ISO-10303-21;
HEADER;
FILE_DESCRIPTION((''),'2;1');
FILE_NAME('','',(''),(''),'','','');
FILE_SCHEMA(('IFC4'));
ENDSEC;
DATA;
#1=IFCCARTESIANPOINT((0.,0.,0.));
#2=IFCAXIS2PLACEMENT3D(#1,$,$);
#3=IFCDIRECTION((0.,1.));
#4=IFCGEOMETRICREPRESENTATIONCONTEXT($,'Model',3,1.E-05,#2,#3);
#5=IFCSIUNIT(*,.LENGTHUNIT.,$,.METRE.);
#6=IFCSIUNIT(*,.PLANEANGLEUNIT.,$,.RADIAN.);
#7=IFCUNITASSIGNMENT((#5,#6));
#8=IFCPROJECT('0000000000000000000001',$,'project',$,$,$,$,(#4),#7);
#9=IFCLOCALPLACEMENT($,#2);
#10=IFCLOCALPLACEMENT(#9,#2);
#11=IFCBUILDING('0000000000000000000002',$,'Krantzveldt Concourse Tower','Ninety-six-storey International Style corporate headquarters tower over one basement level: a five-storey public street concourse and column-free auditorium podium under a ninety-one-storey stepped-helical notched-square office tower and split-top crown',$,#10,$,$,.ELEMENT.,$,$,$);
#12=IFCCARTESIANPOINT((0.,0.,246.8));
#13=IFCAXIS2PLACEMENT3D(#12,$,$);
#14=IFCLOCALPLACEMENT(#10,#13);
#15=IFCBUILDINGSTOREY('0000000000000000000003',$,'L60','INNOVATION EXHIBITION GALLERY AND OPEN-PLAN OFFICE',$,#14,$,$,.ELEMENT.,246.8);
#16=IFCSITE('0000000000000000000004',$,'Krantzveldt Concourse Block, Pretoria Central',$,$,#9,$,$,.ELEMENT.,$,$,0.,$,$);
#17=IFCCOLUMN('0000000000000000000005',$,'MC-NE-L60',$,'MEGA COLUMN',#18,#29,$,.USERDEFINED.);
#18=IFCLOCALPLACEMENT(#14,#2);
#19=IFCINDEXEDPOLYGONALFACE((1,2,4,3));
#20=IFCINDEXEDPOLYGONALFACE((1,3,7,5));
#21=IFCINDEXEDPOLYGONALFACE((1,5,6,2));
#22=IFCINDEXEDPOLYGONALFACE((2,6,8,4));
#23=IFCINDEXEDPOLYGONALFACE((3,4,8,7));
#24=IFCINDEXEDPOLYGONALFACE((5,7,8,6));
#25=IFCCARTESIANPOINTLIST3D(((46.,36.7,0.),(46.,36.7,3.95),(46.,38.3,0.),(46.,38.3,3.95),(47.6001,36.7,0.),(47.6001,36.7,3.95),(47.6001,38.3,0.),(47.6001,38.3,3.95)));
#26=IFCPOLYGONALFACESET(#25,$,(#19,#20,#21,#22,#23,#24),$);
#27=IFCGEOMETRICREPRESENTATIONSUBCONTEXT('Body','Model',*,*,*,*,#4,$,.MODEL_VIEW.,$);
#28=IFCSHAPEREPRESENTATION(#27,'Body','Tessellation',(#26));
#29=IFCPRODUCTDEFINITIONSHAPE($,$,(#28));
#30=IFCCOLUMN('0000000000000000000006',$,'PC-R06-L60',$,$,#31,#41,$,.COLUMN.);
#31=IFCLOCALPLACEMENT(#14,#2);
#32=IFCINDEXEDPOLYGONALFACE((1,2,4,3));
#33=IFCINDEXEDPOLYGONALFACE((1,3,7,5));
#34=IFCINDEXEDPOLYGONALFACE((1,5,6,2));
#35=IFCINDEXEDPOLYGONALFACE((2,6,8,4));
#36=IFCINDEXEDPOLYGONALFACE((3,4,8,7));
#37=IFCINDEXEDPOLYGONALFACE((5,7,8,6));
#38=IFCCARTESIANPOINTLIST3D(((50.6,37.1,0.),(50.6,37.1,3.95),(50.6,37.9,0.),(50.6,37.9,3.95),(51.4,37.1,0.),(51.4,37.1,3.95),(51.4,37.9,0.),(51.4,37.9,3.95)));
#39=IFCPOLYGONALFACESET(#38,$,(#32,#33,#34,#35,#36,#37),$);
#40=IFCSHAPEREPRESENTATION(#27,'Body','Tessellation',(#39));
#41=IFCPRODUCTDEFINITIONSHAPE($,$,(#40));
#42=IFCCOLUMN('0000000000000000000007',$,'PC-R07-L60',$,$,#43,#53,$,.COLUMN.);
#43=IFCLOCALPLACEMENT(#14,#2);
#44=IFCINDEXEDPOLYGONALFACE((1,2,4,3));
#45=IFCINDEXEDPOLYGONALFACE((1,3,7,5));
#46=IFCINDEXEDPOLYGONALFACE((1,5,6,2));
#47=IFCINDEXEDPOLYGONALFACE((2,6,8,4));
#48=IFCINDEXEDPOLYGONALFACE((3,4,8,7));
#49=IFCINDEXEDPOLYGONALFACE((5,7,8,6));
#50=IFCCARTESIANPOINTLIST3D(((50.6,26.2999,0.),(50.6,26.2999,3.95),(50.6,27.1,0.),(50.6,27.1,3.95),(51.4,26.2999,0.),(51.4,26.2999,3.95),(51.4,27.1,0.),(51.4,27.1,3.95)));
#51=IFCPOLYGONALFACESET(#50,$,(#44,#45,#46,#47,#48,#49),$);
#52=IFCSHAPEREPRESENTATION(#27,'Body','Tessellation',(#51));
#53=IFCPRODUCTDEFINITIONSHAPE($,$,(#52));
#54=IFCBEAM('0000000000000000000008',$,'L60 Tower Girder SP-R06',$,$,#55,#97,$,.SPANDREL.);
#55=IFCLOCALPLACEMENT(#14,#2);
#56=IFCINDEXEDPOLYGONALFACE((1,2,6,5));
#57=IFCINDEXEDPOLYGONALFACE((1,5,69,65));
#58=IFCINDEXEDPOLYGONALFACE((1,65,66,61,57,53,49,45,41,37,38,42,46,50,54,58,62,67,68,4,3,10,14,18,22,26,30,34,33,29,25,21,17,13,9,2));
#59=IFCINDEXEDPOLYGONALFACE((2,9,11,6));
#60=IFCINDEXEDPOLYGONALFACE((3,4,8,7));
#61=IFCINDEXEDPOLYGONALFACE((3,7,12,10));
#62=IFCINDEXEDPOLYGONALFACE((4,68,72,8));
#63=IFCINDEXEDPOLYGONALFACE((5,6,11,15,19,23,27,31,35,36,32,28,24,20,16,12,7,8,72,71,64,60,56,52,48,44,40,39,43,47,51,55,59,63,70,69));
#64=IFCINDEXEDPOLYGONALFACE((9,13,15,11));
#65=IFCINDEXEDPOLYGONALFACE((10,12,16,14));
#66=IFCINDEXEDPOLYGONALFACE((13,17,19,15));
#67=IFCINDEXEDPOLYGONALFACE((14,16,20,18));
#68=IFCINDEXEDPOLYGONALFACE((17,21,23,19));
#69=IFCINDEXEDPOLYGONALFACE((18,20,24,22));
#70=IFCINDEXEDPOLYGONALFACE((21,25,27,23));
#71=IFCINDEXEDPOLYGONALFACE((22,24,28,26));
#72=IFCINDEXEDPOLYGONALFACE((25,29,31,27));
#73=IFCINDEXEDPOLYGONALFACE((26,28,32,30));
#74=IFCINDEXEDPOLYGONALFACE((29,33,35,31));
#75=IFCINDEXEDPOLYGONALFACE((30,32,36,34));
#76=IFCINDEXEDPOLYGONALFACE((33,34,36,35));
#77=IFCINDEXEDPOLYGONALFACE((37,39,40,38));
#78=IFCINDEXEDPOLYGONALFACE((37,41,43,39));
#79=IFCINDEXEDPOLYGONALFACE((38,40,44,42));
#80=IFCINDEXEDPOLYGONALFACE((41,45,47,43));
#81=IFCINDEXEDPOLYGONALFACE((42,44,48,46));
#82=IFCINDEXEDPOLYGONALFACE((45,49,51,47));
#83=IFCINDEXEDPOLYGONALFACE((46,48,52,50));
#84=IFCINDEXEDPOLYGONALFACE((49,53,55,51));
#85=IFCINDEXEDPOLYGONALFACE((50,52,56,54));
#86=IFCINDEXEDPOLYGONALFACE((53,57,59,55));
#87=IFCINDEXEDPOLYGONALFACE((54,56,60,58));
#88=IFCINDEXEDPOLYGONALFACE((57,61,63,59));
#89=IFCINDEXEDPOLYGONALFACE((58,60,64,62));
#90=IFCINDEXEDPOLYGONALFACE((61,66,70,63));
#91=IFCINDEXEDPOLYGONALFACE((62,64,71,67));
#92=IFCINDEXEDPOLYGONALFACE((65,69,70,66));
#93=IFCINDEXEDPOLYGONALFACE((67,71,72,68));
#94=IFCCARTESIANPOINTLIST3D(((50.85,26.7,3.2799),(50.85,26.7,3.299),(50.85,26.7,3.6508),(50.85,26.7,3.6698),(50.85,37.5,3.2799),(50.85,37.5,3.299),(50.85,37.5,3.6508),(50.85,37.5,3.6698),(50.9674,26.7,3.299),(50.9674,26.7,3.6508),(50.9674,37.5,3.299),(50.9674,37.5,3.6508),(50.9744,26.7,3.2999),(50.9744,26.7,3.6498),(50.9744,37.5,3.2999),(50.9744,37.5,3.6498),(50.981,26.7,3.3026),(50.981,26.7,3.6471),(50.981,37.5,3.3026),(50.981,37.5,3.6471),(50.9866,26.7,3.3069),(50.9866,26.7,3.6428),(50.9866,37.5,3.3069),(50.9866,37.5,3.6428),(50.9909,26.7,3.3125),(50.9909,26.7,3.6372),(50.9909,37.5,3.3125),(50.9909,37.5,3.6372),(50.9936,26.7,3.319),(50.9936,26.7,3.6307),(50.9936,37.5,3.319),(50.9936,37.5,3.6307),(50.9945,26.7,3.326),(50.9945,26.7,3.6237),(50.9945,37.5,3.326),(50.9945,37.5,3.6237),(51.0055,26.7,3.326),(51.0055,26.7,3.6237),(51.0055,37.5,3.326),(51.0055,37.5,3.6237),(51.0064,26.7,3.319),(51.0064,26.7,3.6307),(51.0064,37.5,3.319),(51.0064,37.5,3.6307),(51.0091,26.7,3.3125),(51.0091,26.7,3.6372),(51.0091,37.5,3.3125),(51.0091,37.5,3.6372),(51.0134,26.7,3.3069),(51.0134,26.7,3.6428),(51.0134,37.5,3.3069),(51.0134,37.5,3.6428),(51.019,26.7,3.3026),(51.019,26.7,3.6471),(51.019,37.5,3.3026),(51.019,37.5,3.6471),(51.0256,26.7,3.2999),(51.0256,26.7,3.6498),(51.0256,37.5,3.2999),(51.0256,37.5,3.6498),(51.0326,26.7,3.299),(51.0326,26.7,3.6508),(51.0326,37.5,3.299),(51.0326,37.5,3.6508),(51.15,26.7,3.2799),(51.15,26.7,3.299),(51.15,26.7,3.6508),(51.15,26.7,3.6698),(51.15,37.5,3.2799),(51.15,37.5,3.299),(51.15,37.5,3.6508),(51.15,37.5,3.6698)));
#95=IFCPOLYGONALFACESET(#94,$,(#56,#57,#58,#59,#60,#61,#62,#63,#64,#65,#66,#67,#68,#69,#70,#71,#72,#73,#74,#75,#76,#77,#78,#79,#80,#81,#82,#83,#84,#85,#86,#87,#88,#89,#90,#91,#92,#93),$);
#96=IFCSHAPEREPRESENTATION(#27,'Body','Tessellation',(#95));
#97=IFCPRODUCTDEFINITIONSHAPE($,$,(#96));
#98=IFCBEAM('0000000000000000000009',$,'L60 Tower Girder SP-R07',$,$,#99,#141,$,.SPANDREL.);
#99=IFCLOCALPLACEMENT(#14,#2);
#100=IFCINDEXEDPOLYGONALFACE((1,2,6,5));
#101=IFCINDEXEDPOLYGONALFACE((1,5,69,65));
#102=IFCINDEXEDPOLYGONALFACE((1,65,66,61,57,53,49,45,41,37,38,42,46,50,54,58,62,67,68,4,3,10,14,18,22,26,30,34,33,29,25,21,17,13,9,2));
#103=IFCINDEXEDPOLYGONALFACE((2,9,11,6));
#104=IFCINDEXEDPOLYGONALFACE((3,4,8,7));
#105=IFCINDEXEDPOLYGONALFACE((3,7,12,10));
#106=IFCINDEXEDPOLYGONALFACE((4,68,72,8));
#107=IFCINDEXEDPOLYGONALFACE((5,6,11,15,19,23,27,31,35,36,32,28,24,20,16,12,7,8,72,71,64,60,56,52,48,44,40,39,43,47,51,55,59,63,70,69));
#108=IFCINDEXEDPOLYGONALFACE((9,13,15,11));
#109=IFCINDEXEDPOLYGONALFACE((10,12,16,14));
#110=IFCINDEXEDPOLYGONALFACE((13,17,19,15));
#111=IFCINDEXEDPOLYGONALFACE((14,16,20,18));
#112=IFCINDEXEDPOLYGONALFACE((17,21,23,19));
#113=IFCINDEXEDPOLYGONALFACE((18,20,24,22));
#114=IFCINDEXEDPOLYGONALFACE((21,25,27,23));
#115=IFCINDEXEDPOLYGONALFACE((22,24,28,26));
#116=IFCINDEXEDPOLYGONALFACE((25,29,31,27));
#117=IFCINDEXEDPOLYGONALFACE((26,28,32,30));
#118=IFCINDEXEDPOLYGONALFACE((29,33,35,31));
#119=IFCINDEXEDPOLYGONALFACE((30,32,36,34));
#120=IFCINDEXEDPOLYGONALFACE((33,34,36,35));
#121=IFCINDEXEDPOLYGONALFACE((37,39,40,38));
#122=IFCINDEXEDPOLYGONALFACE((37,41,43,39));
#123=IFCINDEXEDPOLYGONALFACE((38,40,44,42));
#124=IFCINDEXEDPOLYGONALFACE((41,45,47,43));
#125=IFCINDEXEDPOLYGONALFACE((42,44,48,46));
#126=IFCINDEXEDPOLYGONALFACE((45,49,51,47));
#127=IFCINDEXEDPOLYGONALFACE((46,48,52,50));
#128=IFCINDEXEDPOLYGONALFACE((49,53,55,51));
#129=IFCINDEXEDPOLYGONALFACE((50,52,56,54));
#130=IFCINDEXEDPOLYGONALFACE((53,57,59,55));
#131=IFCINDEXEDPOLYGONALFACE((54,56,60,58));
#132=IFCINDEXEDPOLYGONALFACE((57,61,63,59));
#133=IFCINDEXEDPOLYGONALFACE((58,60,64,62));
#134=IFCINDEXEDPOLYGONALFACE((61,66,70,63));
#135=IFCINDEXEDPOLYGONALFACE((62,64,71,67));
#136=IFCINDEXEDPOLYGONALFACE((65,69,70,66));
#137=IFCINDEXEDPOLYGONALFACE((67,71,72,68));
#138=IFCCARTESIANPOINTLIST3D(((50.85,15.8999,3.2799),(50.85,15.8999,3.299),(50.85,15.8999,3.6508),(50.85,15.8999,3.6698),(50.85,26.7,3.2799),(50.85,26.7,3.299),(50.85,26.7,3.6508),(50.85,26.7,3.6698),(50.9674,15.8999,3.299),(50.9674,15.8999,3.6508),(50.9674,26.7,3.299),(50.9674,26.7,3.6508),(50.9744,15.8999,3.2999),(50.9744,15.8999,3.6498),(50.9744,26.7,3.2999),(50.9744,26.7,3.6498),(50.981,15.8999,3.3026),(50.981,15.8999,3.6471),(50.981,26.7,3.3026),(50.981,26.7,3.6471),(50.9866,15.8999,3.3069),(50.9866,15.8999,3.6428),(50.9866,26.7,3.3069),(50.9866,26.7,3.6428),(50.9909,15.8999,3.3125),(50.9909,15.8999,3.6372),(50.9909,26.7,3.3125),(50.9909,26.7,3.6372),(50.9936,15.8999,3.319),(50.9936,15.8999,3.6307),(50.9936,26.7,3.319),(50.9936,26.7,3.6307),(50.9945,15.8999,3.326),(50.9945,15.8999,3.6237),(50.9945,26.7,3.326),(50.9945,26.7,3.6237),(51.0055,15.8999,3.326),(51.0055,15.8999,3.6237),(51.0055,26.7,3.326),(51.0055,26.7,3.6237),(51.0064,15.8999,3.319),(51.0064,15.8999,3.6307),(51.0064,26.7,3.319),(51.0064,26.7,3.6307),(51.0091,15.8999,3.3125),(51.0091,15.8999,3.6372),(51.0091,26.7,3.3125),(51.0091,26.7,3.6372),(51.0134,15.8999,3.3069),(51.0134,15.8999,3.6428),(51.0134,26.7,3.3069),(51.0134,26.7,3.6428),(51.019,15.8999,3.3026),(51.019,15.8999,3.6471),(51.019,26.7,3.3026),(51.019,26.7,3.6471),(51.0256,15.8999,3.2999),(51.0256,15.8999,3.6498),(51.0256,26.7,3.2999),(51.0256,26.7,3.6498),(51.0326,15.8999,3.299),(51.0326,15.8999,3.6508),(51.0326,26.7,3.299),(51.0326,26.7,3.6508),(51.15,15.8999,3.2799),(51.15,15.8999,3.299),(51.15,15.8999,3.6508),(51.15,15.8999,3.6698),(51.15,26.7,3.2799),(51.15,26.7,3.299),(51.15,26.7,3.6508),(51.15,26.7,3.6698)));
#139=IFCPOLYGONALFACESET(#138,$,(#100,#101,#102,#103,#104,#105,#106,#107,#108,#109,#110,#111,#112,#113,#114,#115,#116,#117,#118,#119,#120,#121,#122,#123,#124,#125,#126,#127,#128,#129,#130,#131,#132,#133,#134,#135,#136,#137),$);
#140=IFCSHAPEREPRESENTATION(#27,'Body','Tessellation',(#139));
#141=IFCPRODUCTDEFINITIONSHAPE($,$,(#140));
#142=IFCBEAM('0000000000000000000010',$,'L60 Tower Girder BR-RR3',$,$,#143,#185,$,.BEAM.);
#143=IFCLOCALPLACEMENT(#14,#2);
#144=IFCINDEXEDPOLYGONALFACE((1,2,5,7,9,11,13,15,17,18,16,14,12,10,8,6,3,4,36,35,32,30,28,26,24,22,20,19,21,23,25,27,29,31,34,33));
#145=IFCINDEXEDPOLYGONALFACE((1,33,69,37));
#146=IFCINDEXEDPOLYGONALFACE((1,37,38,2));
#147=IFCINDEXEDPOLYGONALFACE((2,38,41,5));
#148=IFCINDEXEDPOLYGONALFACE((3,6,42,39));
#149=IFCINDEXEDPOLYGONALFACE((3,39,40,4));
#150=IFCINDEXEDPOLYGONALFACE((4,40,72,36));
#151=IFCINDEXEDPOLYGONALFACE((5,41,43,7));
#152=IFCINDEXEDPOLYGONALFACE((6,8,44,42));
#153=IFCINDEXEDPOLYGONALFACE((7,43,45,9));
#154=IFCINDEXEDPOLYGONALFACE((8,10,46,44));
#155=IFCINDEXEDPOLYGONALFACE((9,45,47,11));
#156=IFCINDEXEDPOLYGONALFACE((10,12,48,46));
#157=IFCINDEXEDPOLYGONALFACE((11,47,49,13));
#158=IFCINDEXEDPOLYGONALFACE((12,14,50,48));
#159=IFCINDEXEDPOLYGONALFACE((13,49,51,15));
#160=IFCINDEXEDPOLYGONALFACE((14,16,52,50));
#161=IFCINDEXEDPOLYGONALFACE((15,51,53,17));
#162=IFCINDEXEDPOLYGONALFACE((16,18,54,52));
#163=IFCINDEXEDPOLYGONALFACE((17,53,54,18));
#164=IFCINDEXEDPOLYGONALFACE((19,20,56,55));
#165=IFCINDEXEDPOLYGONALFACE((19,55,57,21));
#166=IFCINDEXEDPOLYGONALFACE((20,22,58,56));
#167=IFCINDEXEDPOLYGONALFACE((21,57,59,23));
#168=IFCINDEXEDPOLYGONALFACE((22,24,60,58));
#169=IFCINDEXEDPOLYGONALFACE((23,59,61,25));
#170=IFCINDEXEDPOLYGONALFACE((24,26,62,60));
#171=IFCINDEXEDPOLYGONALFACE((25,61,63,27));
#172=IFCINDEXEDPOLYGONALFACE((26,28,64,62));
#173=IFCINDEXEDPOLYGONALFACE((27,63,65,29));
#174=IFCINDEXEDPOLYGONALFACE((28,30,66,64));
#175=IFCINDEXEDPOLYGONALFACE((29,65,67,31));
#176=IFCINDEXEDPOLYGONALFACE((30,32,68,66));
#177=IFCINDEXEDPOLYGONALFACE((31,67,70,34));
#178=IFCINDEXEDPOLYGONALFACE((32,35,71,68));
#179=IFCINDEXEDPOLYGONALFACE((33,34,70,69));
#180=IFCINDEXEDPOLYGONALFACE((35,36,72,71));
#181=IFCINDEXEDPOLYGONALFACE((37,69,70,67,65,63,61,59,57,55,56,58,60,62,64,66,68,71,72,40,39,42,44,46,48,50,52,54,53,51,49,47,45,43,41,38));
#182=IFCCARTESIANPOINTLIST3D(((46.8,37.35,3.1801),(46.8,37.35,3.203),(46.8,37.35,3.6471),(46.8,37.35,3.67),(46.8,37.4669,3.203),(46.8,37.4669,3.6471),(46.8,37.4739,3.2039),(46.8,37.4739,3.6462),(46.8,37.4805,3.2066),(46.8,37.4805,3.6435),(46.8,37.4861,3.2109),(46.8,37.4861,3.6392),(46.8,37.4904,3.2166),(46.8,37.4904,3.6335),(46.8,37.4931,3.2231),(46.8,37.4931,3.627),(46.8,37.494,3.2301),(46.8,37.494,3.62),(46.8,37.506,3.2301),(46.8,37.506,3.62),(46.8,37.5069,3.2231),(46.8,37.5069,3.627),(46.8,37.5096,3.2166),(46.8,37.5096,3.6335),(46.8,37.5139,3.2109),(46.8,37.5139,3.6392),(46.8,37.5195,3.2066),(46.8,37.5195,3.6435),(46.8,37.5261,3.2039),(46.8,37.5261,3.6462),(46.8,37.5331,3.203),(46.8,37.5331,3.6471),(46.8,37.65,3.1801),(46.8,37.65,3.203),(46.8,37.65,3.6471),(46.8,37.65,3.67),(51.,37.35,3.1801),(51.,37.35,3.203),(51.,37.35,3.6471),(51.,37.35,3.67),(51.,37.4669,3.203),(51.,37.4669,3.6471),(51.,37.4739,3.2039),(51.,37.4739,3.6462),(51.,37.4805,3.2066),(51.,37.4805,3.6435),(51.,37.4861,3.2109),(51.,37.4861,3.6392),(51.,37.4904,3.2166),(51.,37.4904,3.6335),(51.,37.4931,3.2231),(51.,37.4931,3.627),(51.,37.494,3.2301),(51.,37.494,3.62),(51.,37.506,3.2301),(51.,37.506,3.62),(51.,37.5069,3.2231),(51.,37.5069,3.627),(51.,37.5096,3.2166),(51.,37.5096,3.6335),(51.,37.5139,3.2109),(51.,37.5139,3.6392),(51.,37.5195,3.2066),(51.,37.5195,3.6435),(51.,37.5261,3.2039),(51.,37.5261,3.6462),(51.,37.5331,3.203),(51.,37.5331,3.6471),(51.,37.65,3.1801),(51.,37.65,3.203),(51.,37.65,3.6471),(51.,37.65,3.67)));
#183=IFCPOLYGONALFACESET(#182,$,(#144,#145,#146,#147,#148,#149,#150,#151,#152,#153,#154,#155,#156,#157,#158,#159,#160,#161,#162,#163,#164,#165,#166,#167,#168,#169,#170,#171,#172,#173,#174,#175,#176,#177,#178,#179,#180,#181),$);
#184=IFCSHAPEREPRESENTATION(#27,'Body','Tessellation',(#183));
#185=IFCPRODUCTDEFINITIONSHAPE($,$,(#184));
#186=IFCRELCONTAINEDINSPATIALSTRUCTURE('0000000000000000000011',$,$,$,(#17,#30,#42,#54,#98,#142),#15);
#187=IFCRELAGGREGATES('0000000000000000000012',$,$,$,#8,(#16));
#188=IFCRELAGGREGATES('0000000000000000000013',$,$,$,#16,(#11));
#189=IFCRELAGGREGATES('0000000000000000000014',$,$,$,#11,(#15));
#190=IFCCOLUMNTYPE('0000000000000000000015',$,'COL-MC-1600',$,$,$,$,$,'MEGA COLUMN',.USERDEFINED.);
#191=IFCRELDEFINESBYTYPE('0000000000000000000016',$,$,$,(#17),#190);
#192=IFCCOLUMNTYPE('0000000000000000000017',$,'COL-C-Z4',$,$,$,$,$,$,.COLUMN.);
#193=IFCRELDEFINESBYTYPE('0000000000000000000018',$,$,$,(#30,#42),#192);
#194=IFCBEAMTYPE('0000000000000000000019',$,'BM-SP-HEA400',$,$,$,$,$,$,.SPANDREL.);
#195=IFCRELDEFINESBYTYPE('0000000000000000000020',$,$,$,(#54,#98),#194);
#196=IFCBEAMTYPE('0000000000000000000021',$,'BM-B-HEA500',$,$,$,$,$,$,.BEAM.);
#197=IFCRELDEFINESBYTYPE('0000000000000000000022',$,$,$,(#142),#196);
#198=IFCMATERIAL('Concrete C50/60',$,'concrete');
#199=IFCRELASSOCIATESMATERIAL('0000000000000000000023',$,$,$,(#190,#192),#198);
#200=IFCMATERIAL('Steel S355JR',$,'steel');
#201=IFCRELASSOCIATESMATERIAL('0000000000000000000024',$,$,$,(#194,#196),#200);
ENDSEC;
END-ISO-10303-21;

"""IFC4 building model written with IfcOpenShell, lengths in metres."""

from ifc_helpers import new_model, si_unit, direction, frame, origin, origin_2d, place, context, subcontext, project, spatial, rectangle, i_section, extrude, source, transform, mapped, material, material_profile, profile_set, type_object, type_shapes, element, save


model = new_model("IFC4")

# Units and contexts
model_context = context("Model", 3, precision=1e-05, world=origin(), true_north=direction((0.0, 1.0)))
body_context = subcontext(model_context, "Body", "Model", "MODEL_VIEW")
ifc_project = project(units=[si_unit("LENGTHUNIT", "METRE"), si_unit("PLANEANGLEUNIT", "RADIAN")], contexts=[model_context])

# Site, building, storey
site_placement = place(None, origin())
site = spatial("IfcSite", under=ifc_project, at=site_placement, Name="Krantzveldt Concourse Block, Pretoria Central", CompositionType="ELEMENT", RefElevation=0.0)
building_placement = place(site_placement, origin())
building = spatial("IfcBuilding", under=site, at=building_placement, Name="Krantzveldt Concourse Tower", Description="Ninety-six-storey International Style corporate headquarters tower over one basement level: a five-storey public street concourse and column-free auditorium podium under a ninety-one-storey stepped-helical notched-square office tower and split-top crown", CompositionType="ELEMENT")
storey_placement = place(building_placement, frame((0.0, 0.0, 246.8)))
storey = spatial("IfcBuildingStorey", under=building, at=storey_placement, Name="L60", Description="INNOVATION EXHIBITION GALLERY AND OPEN-PLAN OFFICE", CompositionType="ELEMENT", Elevation=246.8)

# Columns
ifc_material_1 = material(Name="Concrete C50/60", Category="concrete")
ifc_material_profile_1 = material_profile(ifc_material_1, rectangle(XDim=1.6001, YDim=1.6001, at=origin_2d()), Name="Concrete C50/60", Category="concrete")
ifc_profile_set_1 = profile_set([ifc_material_profile_1], Name="Concrete C50/60 - RC 1600x1600")
column_type_1 = type_object("IfcColumnType", Name="COL-MC-1600", ElementType="MEGA COLUMN", PredefinedType="USERDEFINED", material=ifc_profile_set_1)
shared_shape_1 = source(origin(), body_context, "Body", "SweptSolid", [
    extrude(rectangle(XDim=1.6001, YDim=1.6001, at=origin_2d()), origin(), (0.0, 0.0, 1.0), 3.95),
])
type_shapes(column_type_1, [shared_shape_1])
column_placement = place(storey_placement, frame((46.8, 37.5, 0.0), z_axis=(0.0, 0.0, 1.0), x_axis=(1.0, 0.0, 0.0)))
element("IfcColumn", 1, at=column_placement, inside=storey, type_object=column_type_1, Name="MC-NE-L60", ObjectType="MEGA COLUMN", PredefinedType="USERDEFINED", context=body_context, shape_type="MappedRepresentation", body=[
    mapped(shared_shape_1, transform((0.0, 0.0, 0.0), x_axis=(1.0, 0.0, 0.0), y_axis=(0.0, 1.0, 0.0), z_axis=(0.0, 0.0, 1.0), scale=1.0)),
])
ifc_material_profile_2 = material_profile(ifc_material_1, rectangle(XDim=0.8, YDim=0.8, at=origin_2d()), Name="Concrete C50/60", Category="concrete")
ifc_profile_set_2 = profile_set([ifc_material_profile_2], Name="Concrete C50/60 - RC 800x800")
column_type_2 = type_object("IfcColumnType", Name="COL-C-Z4", PredefinedType="COLUMN", material=ifc_profile_set_2)
shared_shape_2 = source(origin(), body_context, "Body", "SweptSolid", [
    extrude(rectangle(XDim=0.8, YDim=0.8, at=origin_2d()), origin(), (0.0, 0.0, 1.0), 3.95),
])
type_shapes(column_type_2, [shared_shape_2])
for number, where, z_axis, x_axis, name in (
    (2, (51.0, 37.5, 0.0), (0.0, 0.0, 1.0), (1.0, 0.0, 0.0), "PC-R06-L60"),
    (3, (51.0, 26.7, 0.0), (0.0, 0.0, 1.0), (1.0, 0.0, 0.0), "PC-R07-L60"),
):
    element("IfcColumn", number, at=place(storey_placement, frame(where, z_axis=z_axis, x_axis=x_axis)), inside=storey, type_object=column_type_2, Name=name, PredefinedType="COLUMN", context=body_context, shape_type="MappedRepresentation", body=[
        mapped(shared_shape_2, transform((0.0, 0.0, 0.0), x_axis=(1.0, 0.0, 0.0), y_axis=(0.0, 1.0, 0.0), z_axis=(0.0, 0.0, 1.0), scale=1.0)),
    ])

# Beams
ifc_material_2 = material(Name="Steel S355JR", Category="steel")
ifc_material_profile_3 = material_profile(ifc_material_2, i_section(OverallWidth=0.3, OverallDepth=0.3899, WebThickness=0.011, FlangeThickness=0.019, FilletRadius=0.0271, at=origin_2d()), Name="Steel S355JR", Category="steel")
ifc_profile_set_3 = profile_set([ifc_material_profile_3], Name="Steel S355JR - HEA 400")
beam_type_1 = type_object("IfcBeamType", Name="BM-SP-HEA400", PredefinedType="SPANDREL", material=ifc_profile_set_3)
shared_shape_3 = source(origin(), body_context, "Body", "SweptSolid", [
    extrude(i_section(OverallWidth=0.3, OverallDepth=0.3899, WebThickness=0.011, FlangeThickness=0.019, FilletRadius=0.0271, at=origin_2d()), origin(), (0.0, 0.0, 1.0), 10.8),
])
type_shapes(beam_type_1, [shared_shape_3])
for number, where, z_axis, x_axis, name in (
    (4, (51.0, 37.5, 3.4749), (0.0, -1.0, 0.0), (1.0, 0.0, 0.0), "L60 Tower Girder SP-R06"),
    (5, (51.0, 26.7, 3.4749), (0.0, -1.0, 0.0), (1.0, 0.0, 0.0), "L60 Tower Girder SP-R07"),
):
    element("IfcBeam", number, at=place(storey_placement, frame(where, z_axis=z_axis, x_axis=x_axis)), inside=storey, type_object=beam_type_1, Name=name, PredefinedType="SPANDREL", context=body_context, shape_type="MappedRepresentation", body=[
        mapped(shared_shape_3, transform((0.0, 0.0, 0.0), x_axis=(1.0, 0.0, 0.0), y_axis=(0.0, 1.0, 0.0), z_axis=(0.0, 0.0, 1.0), scale=1.0)),
    ])
ifc_material_profile_4 = material_profile(ifc_material_2, i_section(OverallWidth=0.3, OverallDepth=0.49, WebThickness=0.012, FlangeThickness=0.0229, FilletRadius=0.0271, at=origin_2d()), Name="Steel S355JR", Category="steel")
ifc_profile_set_4 = profile_set([ifc_material_profile_4], Name="Steel S355JR - HEA 500")
beam_type_2 = type_object("IfcBeamType", Name="BM-B-HEA500", PredefinedType="BEAM", material=ifc_profile_set_4)
shared_shape_4 = source(origin(), body_context, "Body", "SweptSolid", [
    extrude(i_section(OverallWidth=0.3, OverallDepth=0.49, WebThickness=0.012, FlangeThickness=0.0229, FilletRadius=0.0271, at=origin_2d()), origin(), (0.0, 0.0, 1.0), 4.2),
])
beam_1_placement = place(storey_placement, frame((46.8, 37.5, 3.425), z_axis=(1.0, 0.0, 0.0), x_axis=(0.0, 1.0, 0.0)))
element("IfcBeam", 6, at=beam_1_placement, inside=storey, type_object=beam_type_2, Name="L60 Tower Girder BR-RR3", PredefinedType="BEAM", context=body_context, shape_type="MappedRepresentation", body=[
    mapped(shared_shape_4, transform((0.0, 0.0, 0.0), x_axis=(1.0, 0.0, 0.0), y_axis=(0.0, 1.0, 0.0), z_axis=(0.0, 0.0, 1.0), scale=1.0)),
])

save(model, "model.ifc")
